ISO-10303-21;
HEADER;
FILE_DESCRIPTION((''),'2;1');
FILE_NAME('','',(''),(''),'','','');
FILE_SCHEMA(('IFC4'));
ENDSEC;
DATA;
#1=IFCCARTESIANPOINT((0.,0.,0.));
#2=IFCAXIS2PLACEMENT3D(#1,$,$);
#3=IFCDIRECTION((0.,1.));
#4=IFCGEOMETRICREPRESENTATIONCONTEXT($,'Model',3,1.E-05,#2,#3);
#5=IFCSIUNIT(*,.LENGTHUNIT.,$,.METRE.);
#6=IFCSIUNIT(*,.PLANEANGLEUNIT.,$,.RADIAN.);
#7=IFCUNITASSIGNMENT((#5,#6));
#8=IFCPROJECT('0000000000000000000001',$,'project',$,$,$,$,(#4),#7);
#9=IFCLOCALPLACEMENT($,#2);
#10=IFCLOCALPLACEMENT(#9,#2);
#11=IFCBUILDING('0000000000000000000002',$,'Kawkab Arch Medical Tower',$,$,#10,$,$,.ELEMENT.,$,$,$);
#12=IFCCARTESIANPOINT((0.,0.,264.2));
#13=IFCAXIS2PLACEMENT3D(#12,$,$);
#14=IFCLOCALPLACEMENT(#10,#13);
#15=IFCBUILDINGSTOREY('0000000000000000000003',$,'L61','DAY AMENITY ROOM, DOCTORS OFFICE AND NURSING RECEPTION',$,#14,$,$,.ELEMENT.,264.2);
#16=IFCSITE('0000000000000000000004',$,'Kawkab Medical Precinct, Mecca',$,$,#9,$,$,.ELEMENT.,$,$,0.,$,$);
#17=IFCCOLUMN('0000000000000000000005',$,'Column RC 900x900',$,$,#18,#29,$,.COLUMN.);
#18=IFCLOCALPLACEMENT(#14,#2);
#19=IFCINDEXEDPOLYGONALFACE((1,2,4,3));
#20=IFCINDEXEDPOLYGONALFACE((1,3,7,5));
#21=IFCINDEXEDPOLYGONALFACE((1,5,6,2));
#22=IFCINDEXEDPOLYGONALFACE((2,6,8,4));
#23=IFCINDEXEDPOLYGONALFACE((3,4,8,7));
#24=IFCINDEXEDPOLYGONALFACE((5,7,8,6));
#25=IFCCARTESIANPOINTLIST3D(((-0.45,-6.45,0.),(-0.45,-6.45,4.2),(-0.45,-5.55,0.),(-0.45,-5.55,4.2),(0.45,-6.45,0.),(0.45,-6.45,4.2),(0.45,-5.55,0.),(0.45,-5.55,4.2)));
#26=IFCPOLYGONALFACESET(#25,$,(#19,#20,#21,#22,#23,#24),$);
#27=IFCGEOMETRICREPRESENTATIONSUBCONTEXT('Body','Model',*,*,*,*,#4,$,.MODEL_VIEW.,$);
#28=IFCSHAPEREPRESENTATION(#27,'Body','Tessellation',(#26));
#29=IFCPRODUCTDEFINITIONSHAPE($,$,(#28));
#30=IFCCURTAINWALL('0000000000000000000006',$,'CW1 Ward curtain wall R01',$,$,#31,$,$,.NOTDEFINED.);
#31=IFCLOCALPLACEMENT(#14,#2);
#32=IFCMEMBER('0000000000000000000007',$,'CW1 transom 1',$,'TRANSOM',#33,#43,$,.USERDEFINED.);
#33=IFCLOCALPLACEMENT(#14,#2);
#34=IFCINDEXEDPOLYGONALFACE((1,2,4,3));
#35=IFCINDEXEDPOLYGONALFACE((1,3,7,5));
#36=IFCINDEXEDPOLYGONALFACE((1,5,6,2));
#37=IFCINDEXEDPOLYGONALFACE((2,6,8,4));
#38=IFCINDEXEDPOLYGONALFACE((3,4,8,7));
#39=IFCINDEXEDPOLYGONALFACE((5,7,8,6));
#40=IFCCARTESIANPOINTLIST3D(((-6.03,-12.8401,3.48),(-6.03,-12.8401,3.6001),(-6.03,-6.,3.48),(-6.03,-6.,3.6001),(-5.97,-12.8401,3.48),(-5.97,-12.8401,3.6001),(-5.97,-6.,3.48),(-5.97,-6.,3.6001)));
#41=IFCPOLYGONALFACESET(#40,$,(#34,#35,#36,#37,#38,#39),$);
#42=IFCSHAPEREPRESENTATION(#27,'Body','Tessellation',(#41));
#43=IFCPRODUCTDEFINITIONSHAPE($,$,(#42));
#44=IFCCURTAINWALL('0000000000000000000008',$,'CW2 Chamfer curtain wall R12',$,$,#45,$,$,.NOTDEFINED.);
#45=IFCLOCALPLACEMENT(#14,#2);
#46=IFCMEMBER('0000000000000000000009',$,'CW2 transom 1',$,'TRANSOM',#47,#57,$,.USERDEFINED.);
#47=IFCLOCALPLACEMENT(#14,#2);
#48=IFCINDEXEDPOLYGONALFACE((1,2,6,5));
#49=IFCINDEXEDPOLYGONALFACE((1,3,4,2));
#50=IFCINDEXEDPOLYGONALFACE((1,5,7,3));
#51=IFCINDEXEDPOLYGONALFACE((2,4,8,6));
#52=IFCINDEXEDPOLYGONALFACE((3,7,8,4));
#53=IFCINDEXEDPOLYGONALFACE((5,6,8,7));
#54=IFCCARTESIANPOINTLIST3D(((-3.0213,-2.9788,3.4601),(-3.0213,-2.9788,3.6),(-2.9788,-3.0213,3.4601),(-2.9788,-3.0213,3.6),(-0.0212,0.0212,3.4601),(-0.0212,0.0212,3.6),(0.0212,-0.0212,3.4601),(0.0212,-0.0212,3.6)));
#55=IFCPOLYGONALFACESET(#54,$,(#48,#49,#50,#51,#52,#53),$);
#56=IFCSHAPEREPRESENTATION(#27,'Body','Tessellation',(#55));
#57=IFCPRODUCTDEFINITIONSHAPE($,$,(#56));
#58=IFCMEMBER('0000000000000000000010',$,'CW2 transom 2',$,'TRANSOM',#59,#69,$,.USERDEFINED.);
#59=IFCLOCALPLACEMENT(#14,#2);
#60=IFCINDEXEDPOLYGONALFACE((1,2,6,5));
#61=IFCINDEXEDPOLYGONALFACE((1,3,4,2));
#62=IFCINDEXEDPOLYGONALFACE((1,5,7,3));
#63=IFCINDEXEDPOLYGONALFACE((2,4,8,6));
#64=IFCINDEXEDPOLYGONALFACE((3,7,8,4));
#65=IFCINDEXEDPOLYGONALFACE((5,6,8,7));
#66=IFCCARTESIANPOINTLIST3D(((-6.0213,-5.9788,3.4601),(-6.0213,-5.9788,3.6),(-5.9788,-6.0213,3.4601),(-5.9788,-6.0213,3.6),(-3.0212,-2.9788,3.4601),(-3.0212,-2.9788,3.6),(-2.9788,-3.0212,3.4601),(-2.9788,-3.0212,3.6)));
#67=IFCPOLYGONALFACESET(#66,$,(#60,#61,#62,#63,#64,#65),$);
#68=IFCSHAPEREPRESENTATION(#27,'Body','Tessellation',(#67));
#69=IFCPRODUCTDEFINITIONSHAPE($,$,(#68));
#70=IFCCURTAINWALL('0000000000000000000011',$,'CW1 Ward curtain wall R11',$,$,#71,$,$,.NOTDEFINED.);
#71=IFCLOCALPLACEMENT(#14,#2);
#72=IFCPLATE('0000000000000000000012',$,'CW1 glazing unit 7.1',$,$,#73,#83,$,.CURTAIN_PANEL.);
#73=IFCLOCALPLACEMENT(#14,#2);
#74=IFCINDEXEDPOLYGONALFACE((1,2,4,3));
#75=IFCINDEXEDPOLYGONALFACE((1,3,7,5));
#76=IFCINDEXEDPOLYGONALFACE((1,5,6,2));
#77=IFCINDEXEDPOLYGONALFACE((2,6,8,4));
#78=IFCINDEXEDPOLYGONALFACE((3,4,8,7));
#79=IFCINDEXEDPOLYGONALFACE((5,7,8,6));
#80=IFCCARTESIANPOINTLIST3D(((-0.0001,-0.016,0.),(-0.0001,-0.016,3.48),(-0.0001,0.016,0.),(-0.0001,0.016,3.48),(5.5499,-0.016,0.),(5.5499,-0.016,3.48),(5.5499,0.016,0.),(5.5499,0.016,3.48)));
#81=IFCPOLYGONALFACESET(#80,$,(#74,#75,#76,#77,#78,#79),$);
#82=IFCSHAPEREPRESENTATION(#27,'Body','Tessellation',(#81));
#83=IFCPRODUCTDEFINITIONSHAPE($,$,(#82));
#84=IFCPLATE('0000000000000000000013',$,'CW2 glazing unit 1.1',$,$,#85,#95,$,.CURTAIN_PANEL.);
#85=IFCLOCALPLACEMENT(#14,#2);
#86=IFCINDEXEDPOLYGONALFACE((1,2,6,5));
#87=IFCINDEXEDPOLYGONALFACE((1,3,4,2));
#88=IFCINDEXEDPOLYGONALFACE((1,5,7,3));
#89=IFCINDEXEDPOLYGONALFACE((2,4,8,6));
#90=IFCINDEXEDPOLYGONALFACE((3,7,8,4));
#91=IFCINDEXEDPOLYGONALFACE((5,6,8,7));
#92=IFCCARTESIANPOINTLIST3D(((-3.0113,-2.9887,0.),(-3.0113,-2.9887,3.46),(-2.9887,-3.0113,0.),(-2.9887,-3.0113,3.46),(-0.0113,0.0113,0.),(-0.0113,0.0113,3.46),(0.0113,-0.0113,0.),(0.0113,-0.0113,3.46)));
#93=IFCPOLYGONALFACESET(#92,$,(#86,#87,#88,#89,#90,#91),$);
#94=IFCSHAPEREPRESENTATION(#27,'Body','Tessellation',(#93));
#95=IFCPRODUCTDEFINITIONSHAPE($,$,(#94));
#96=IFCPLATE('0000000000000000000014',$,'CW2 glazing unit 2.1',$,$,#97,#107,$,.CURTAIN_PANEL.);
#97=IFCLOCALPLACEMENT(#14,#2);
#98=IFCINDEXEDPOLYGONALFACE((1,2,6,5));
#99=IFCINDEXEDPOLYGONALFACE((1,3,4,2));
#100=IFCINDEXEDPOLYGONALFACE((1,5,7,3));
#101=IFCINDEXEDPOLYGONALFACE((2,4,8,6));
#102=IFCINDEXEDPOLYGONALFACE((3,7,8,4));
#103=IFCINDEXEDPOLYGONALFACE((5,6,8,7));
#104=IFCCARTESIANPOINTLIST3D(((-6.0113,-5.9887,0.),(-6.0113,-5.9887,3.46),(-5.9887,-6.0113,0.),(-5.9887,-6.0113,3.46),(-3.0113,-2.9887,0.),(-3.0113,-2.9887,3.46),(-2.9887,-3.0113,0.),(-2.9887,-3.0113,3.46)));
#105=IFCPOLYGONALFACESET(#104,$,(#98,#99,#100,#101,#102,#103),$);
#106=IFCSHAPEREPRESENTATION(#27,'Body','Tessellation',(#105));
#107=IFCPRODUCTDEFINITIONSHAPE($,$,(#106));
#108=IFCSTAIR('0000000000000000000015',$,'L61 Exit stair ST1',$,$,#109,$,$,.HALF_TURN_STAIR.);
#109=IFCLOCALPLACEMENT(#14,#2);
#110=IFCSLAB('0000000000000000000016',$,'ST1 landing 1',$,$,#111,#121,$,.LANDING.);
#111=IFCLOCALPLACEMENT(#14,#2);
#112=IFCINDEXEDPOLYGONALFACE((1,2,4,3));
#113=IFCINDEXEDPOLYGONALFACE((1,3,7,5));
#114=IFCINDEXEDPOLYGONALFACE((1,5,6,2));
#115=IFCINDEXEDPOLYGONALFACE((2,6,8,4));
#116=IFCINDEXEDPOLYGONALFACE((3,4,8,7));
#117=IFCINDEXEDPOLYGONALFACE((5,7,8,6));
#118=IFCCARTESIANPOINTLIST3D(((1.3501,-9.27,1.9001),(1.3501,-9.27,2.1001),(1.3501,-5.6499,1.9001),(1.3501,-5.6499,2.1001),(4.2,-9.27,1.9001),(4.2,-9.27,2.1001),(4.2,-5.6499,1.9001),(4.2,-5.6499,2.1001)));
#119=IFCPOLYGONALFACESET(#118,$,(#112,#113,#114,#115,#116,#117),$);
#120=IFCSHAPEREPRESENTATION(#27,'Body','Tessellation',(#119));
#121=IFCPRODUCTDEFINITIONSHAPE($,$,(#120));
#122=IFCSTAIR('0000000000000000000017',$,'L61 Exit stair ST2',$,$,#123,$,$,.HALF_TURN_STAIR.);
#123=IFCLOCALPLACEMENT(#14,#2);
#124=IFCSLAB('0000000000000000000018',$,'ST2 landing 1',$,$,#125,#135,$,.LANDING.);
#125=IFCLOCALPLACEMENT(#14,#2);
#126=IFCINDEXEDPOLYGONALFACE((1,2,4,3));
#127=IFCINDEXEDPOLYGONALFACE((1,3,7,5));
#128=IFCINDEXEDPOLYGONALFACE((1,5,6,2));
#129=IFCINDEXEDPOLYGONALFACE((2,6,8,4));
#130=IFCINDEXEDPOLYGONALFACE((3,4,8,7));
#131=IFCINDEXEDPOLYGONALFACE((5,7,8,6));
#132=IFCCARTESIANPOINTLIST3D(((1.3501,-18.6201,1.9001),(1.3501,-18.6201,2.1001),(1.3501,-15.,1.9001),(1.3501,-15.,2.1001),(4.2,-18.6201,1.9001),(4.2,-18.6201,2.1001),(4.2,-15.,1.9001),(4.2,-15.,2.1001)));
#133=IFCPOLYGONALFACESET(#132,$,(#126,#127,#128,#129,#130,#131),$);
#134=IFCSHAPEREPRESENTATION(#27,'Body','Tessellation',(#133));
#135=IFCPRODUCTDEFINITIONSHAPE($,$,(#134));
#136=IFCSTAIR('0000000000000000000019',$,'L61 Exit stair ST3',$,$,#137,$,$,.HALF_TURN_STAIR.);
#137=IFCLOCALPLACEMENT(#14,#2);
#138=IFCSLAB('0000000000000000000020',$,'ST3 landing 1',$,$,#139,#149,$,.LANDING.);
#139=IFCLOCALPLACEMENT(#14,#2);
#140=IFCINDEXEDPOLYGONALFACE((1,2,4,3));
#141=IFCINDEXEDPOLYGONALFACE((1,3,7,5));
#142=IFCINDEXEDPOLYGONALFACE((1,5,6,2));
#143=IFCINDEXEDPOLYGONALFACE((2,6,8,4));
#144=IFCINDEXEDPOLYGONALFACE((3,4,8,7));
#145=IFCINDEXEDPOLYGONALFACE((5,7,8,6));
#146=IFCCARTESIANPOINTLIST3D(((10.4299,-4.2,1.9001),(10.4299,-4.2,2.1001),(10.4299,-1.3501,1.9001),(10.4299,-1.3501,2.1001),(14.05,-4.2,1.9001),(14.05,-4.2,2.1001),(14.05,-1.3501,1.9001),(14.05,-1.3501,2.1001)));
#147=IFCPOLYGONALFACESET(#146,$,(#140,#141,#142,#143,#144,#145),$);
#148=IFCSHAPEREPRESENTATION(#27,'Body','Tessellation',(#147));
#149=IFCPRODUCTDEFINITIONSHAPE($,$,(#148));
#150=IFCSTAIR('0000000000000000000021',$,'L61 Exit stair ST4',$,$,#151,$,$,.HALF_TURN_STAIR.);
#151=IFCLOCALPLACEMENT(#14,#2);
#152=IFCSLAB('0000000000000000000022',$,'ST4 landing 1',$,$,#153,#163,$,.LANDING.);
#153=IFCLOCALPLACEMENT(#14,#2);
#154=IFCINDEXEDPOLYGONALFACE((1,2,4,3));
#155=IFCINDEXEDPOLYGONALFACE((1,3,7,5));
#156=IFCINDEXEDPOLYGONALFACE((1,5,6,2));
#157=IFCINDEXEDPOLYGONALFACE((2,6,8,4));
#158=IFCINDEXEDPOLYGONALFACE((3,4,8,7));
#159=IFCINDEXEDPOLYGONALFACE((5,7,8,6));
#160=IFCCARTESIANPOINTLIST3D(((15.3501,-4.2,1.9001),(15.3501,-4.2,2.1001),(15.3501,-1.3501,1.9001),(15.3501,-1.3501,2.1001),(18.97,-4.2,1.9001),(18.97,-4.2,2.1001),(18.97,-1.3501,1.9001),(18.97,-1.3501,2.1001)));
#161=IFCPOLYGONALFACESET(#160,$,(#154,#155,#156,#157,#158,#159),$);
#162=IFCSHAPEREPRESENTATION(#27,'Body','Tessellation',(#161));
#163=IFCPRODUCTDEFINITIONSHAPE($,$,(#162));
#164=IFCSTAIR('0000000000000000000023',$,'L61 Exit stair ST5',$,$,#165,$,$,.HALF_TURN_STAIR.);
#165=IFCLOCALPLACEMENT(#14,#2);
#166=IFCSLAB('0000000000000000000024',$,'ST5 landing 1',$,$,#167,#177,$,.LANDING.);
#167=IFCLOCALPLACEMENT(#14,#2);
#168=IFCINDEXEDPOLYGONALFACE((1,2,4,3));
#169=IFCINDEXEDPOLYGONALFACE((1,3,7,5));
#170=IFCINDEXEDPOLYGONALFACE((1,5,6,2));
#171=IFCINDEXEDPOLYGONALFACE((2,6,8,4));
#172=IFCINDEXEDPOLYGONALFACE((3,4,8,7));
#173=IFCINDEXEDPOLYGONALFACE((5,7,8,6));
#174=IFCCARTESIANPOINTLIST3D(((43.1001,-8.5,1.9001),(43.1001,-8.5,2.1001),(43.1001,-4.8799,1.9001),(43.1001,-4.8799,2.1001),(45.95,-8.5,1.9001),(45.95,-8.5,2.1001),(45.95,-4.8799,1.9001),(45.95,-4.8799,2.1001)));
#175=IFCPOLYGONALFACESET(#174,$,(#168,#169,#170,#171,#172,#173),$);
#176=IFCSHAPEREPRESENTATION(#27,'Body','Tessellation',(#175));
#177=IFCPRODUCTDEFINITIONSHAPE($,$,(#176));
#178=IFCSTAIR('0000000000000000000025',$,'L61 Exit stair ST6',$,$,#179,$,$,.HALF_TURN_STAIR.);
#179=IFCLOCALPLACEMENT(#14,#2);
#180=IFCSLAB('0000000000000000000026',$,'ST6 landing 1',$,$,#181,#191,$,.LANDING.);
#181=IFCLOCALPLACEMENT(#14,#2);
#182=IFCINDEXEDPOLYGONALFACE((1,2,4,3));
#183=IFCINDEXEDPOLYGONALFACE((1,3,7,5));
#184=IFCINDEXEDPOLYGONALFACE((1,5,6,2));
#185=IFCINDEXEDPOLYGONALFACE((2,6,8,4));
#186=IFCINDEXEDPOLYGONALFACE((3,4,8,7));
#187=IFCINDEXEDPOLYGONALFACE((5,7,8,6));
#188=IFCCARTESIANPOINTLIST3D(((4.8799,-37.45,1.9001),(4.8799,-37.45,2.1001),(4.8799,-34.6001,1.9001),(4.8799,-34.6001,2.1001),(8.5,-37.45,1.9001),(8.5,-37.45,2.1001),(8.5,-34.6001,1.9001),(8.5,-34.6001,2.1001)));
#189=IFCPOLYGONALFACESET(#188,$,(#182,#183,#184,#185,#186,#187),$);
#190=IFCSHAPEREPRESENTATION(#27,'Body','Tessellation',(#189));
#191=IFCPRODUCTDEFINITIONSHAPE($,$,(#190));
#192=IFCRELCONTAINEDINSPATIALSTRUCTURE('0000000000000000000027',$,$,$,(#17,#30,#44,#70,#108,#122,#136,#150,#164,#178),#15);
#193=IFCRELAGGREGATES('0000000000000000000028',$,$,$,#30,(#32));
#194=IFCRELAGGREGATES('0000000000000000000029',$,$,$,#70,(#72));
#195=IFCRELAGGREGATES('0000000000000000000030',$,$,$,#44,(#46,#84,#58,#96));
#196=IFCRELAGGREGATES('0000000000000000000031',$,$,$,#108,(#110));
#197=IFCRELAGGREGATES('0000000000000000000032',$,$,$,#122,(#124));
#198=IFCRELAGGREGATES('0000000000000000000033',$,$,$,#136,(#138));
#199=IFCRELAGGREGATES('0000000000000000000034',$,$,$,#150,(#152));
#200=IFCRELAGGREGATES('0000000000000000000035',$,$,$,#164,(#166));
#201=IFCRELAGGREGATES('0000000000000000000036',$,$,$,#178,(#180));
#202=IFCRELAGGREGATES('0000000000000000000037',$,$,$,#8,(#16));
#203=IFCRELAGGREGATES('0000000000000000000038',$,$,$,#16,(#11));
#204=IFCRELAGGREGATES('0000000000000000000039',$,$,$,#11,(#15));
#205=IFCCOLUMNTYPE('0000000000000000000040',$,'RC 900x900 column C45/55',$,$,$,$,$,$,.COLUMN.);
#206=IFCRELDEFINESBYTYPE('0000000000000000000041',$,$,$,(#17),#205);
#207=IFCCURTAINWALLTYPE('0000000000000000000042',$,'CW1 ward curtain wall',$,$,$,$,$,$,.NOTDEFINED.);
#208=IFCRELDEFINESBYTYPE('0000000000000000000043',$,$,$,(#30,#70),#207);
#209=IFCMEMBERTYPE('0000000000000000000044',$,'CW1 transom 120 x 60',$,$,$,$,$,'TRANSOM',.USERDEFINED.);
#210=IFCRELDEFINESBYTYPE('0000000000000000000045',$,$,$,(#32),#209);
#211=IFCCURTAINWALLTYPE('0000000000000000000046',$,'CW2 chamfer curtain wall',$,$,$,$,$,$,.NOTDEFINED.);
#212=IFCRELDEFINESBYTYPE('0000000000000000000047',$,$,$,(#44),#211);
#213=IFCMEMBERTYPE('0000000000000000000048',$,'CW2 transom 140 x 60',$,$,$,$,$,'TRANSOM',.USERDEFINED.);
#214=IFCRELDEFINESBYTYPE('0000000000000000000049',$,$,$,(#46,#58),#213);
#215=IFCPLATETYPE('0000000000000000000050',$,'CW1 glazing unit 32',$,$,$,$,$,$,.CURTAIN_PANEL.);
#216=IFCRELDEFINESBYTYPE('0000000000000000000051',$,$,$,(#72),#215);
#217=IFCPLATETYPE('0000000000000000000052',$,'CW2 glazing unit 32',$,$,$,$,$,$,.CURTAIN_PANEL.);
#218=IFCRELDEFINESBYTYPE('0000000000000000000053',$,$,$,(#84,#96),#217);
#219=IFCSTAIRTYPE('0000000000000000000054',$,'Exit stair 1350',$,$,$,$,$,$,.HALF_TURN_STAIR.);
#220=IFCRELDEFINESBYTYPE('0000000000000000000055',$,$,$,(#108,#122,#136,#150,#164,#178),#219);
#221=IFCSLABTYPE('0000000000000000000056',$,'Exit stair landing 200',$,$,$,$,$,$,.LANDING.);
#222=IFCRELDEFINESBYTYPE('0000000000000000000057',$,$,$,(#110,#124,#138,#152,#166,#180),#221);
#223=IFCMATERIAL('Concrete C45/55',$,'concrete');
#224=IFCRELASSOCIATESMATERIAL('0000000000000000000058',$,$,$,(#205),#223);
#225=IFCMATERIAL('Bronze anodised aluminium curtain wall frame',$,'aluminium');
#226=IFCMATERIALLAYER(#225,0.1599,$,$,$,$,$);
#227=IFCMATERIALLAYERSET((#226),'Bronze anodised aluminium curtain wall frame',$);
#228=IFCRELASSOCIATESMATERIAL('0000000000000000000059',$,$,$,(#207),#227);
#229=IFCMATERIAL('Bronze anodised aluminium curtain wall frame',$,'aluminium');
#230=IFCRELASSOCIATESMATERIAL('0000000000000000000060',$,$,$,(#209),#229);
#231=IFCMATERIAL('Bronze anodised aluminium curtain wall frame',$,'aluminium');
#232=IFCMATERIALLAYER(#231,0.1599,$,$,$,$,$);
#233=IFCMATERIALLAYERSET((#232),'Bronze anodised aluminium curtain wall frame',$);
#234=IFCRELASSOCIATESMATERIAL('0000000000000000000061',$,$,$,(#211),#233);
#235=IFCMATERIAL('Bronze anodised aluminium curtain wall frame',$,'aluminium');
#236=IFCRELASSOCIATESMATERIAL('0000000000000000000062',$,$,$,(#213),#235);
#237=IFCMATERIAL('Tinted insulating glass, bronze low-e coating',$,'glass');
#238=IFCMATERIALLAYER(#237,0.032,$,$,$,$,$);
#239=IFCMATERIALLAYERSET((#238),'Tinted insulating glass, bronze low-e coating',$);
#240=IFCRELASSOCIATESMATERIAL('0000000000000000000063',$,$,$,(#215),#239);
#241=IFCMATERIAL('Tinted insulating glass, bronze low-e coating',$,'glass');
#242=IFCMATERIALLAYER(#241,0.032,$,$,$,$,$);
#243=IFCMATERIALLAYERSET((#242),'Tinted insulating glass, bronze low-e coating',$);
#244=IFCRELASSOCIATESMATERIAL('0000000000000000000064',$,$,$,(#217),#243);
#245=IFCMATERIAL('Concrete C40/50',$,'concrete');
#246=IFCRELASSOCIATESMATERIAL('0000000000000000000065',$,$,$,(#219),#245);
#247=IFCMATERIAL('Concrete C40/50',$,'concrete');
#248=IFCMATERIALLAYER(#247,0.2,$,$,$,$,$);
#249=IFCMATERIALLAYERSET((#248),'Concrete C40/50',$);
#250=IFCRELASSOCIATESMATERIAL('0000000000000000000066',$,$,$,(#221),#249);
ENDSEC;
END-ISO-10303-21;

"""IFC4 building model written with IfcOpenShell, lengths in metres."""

from ifc_helpers import new_model, si_unit, direction, frame, origin, origin_2d, place, context, subcontext, project, spatial, polyline, rectangle, outline, extrude, material, layer, layer_set, material_profile, profile_set, type_object, element, aggregate, save


model = new_model("IFC4")

# Units and contexts
model_context = context("Model", 3, precision=1e-05, world=origin(), true_north=direction((0.0, 1.0)))
body_context = subcontext(model_context, "Body", "Model", "MODEL_VIEW")
ifc_project = project(units=[si_unit("LENGTHUNIT", "METRE"), si_unit("PLANEANGLEUNIT", "RADIAN")], contexts=[model_context])

# Site, building, storey
site_placement = place(None, origin())
site = spatial("IfcSite", under=ifc_project, at=site_placement, Name="Kawkab Medical Precinct, Mecca", CompositionType="ELEMENT", RefElevation=0.0)
building_placement = place(site_placement, origin())
building = spatial("IfcBuilding", under=site, at=building_placement, Name="Kawkab Arch Medical Tower", CompositionType="ELEMENT")
storey_placement = place(building_placement, frame((0.0, 0.0, 264.2)))
storey = spatial("IfcBuildingStorey", under=building, at=storey_placement, Name="L61", Description="DAY AMENITY ROOM, DOCTORS OFFICE AND NURSING RECEPTION", CompositionType="ELEMENT", Elevation=264.2)

# Column
ifc_material_1 = material(Name="Concrete C45/55", Category="concrete")
ifc_material_profile_1 = material_profile(ifc_material_1, rectangle(XDim=0.8999, YDim=0.8999, at=origin_2d()), Name="RC 900x900")
ifc_profile_set_1 = profile_set([ifc_material_profile_1], Name="Concrete C45/55")
column_type = type_object("IfcColumnType", Name="RC 900x900 column C45/55", PredefinedType="COLUMN", material=ifc_profile_set_1)
column_placement = place(storey_placement, frame((0.0, -6.0, 0.0), z_axis=(0.0, 0.0, 1.0), x_axis=(1.0, 0.0, 0.0)))
element("IfcColumn", 1, at=column_placement, inside=storey, type_object=column_type, Name="Column RC 900x900", PredefinedType="COLUMN", context=body_context, shape_type="SweptSolid", body=[
    extrude(rectangle(XDim=0.8999, YDim=0.8999, at=origin_2d()), origin(), (0.0, 0.0, 1.0), 4.2),
])

# Curtain wall, member
ifc_material_2 = material(Name="Bronze anodised aluminium curtain wall frame", Category="aluminium")
ifc_layer_1 = layer(ifc_material_2, 0.1599)
ifc_layer_set_1 = layer_set([ifc_layer_1], Name="Bronze anodised aluminium curtain wall frame")
curtain_wall_type_1 = type_object("IfcCurtainWallType", Name="CW1 ward curtain wall", PredefinedType="NOTDEFINED", material=ifc_layer_set_1)
placement_1 = place(storey_placement, origin())
curtain_wall_1 = element("IfcCurtainWall", 2, at=placement_1, inside=storey, type_object=curtain_wall_type_1, Name="CW1 Ward curtain wall R01", PredefinedType="NOTDEFINED")
ifc_material_3 = material(Name="Bronze anodised aluminium curtain wall frame", Category="aluminium")
ifc_material_profile_2 = material_profile(ifc_material_3, rectangle(XDim=0.0601, YDim=0.1201, at=origin_2d()), Name="AL 60x120")
ifc_profile_set_2 = profile_set([ifc_material_profile_2], Name="Bronze anodised aluminium curtain wall frame")
member_type_1 = type_object("IfcMemberType", Name="CW1 transom 120 x 60", ElementType="TRANSOM", PredefinedType="USERDEFINED", material=ifc_profile_set_2)
member_1_placement = place(storey_placement, frame((-6.0, -6.0, 3.54), z_axis=(0.0, -1.0, 0.0), x_axis=(1.0, 0.0, 0.0)))
member_1 = element("IfcMember", 3, at=member_1_placement, type_object=member_type_1, Name="CW1 transom 1", ObjectType="TRANSOM", PredefinedType="USERDEFINED", context=body_context, shape_type="SweptSolid", body=[
    extrude(rectangle(XDim=0.0601, YDim=0.1201, at=origin_2d()), origin(), (0.0, 0.0, 1.0), 6.8401),
])
aggregate(curtain_wall_1, [member_1])

# Curtain wall, members
ifc_material_4 = material(Name="Bronze anodised aluminium curtain wall frame", Category="aluminium")
ifc_layer_2 = layer(ifc_material_4, 0.1599)
ifc_layer_set_2 = layer_set([ifc_layer_2], Name="Bronze anodised aluminium curtain wall frame")
curtain_wall_type_2 = type_object("IfcCurtainWallType", Name="CW2 chamfer curtain wall", PredefinedType="NOTDEFINED", material=ifc_layer_set_2)
curtain_wall_2 = element("IfcCurtainWall", 4, at=placement_1, inside=storey, type_object=curtain_wall_type_2, Name="CW2 Chamfer curtain wall R12", PredefinedType="NOTDEFINED")
ifc_material_5 = material(Name="Bronze anodised aluminium curtain wall frame", Category="aluminium")
ifc_material_profile_3 = material_profile(ifc_material_5, rectangle(XDim=0.0601, YDim=0.1399, at=origin_2d()), Name="AL 60x140")
ifc_profile_set_3 = profile_set([ifc_material_profile_3], Name="Bronze anodised aluminium curtain wall frame")
member_type_2 = type_object("IfcMemberType", Name="CW2 transom 140 x 60", ElementType="TRANSOM", PredefinedType="USERDEFINED", material=ifc_profile_set_3)
member_2_placement = place(storey_placement, frame((0.0, 0.0, 3.53), z_axis=(-0.707107, -0.707107, 0.0), x_axis=(0.707107, -0.707107, 0.0)))
member_2 = element("IfcMember", 5, at=member_2_placement, type_object=member_type_2, Name="CW2 transom 1", ObjectType="TRANSOM", PredefinedType="USERDEFINED", context=body_context, shape_type="SweptSolid", body=[
    extrude(rectangle(XDim=0.0601, YDim=0.1399, at=origin_2d()), origin(), (0.0, 0.0, 1.0), 4.2427),
])
member_3_placement = place(storey_placement, frame((-3.0, -3.0, 3.53), z_axis=(-0.707107, -0.707107, 0.0), x_axis=(0.707107, -0.707107, 0.0)))
member_3 = element("IfcMember", 6, at=member_3_placement, type_object=member_type_2, Name="CW2 transom 2", ObjectType="TRANSOM", PredefinedType="USERDEFINED", context=body_context, shape_type="SweptSolid", body=[
    extrude(rectangle(XDim=0.0601, YDim=0.1399, at=origin_2d()), origin(), (0.0, 0.0, 1.0), 4.2427),
])

# Curtain wall, plate
curtain_wall_3 = element("IfcCurtainWall", 7, at=placement_1, inside=storey, type_object=curtain_wall_type_1, Name="CW1 Ward curtain wall R11", PredefinedType="NOTDEFINED")
ifc_material_6 = material(Name="Tinted insulating glass, bronze low-e coating", Category="glass")
ifc_layer_3 = layer(ifc_material_6, 0.032)
ifc_layer_set_3 = layer_set([ifc_layer_3], Name="Tinted insulating glass, bronze low-e coating")
plate_type_1 = type_object("IfcPlateType", Name="CW1 glazing unit 32", PredefinedType="CURTAIN_PANEL", material=ifc_layer_set_3)
plate_1_placement = place(storey_placement, frame((2.7749, 0.0, 0.0), z_axis=(0.0, 0.0, 1.0), x_axis=(-1.0, 0.0, 0.0)))
plate_1 = element("IfcPlate", 8, at=plate_1_placement, type_object=plate_type_1, Name="CW1 glazing unit 7.1", PredefinedType="CURTAIN_PANEL", context=body_context, shape_type="SweptSolid", body=[
    extrude(rectangle(XDim=5.55, YDim=0.032, at=origin_2d()), origin(), (0.0, 0.0, 1.0), 3.48),
])
aggregate(curtain_wall_3, [plate_1])

# Plates
ifc_material_7 = material(Name="Tinted insulating glass, bronze low-e coating", Category="glass")
ifc_layer_4 = layer(ifc_material_7, 0.032)
ifc_layer_set_4 = layer_set([ifc_layer_4], Name="Tinted insulating glass, bronze low-e coating")
plate_type_2 = type_object("IfcPlateType", Name="CW2 glazing unit 32", PredefinedType="CURTAIN_PANEL", material=ifc_layer_set_4)
plate_2_placement = place(storey_placement, frame((-1.5, -1.5, 0.0), z_axis=(0.0, 0.0, 1.0), x_axis=(-0.707107, -0.707107, 0.0)))
plate_2 = element("IfcPlate", 9, at=plate_2_placement, type_object=plate_type_2, Name="CW2 glazing unit 1.1", PredefinedType="CURTAIN_PANEL", context=body_context, shape_type="SweptSolid", body=[
    extrude(rectangle(XDim=4.2427, YDim=0.032, at=origin_2d()), origin(), (0.0, 0.0, 1.0), 3.46),
])
plate_3_placement = place(storey_placement, frame((-4.5, -4.5, 0.0), z_axis=(0.0, 0.0, 1.0), x_axis=(-0.707107, -0.707107, 0.0)))
plate_3 = element("IfcPlate", 10, at=plate_3_placement, type_object=plate_type_2, Name="CW2 glazing unit 2.1", PredefinedType="CURTAIN_PANEL", context=body_context, shape_type="SweptSolid", body=[
    extrude(rectangle(XDim=4.2427, YDim=0.032, at=origin_2d()), origin(), (0.0, 0.0, 1.0), 3.46),
])
aggregate(curtain_wall_2, [member_2, plate_2, member_3, plate_3])

# Stairs, slabs
ifc_material_8 = material(Name="Concrete C40/50", Category="concrete")
stair_type = type_object("IfcStairType", Name="Exit stair 1350", PredefinedType="HALF_TURN_STAIR", material=ifc_material_8)
stair_1 = element("IfcStair", 11, at=placement_1, inside=storey, type_object=stair_type, Name="L61 Exit stair ST1", PredefinedType="HALF_TURN_STAIR")
ifc_material_9 = material(Name="Concrete C40/50", Category="concrete")
ifc_layer_5 = layer(ifc_material_9, 0.2)
ifc_layer_set_5 = layer_set([ifc_layer_5], Name="Concrete C40/50")
slab_type_1 = type_object("IfcSlabType", Name="Exit stair landing 200", PredefinedType="LANDING", material=ifc_layer_set_5)
placement_2 = place(storey_placement, frame((0.0, 0.0, 1.9001)))
slab_1 = element("IfcSlab", 12, at=placement_2, type_object=slab_type_1, Name="ST1 landing 1", PredefinedType="LANDING", context=body_context, shape_type="SweptSolid", body=[
    extrude(outline(polyline([(4.2, -9.27), (4.2, -5.6499), (1.3501, -5.6499), (1.3501, -9.27), (4.2, -9.27)])), origin(), (0.0, 0.0, 1.0), 0.2),
])
aggregate(stair_1, [slab_1])
stair_2 = element("IfcStair", 13, at=placement_1, inside=storey, type_object=stair_type, Name="L61 Exit stair ST2", PredefinedType="HALF_TURN_STAIR")
slab_2 = element("IfcSlab", 14, at=placement_2, type_object=slab_type_1, Name="ST2 landing 1", PredefinedType="LANDING", context=body_context, shape_type="SweptSolid", body=[
    extrude(outline(polyline([(4.2, -18.6201), (4.2, -15.0), (1.3501, -15.0), (1.3501, -18.6201), (4.2, -18.6201)])), origin(), (0.0, 0.0, 1.0), 0.2),
])
aggregate(stair_2, [slab_2])
stair_3 = element("IfcStair", 15, at=placement_1, inside=storey, type_object=stair_type, Name="L61 Exit stair ST3", PredefinedType="HALF_TURN_STAIR")
slab_3 = element("IfcSlab", 16, at=placement_2, type_object=slab_type_1, Name="ST3 landing 1", PredefinedType="LANDING", context=body_context, shape_type="SweptSolid", body=[
    extrude(outline(polyline([(10.4299, -4.2), (14.05, -4.2), (14.05, -1.3501), (10.4299, -1.3501), (10.4299, -4.2)])), origin(), (0.0, 0.0, 1.0), 0.2),
])
aggregate(stair_3, [slab_3])
stair_4 = element("IfcStair", 17, at=placement_1, inside=storey, type_object=stair_type, Name="L61 Exit stair ST4", PredefinedType="HALF_TURN_STAIR")
slab_4 = element("IfcSlab", 18, at=placement_2, type_object=slab_type_1, Name="ST4 landing 1", PredefinedType="LANDING", context=body_context, shape_type="SweptSolid", body=[
    extrude(outline(polyline([(18.97, -1.3501), (15.3501, -1.3501), (15.3501, -4.2), (18.97, -4.2), (18.97, -1.3501)])), origin(), (0.0, 0.0, 1.0), 0.2),
])
aggregate(stair_4, [slab_4])
stair_5 = element("IfcStair", 19, at=placement_1, inside=storey, type_object=stair_type, Name="L61 Exit stair ST5", PredefinedType="HALF_TURN_STAIR")
slab_5 = element("IfcSlab", 20, at=placement_2, type_object=slab_type_1, Name="ST5 landing 1", PredefinedType="LANDING", context=body_context, shape_type="SweptSolid", body=[
    extrude(outline(polyline([(43.1001, -4.8799), (43.1001, -8.5), (45.95, -8.5), (45.95, -4.8799), (43.1001, -4.8799)])), origin(), (0.0, 0.0, 1.0), 0.2),
])
aggregate(stair_5, [slab_5])
stair_6 = element("IfcStair", 21, at=placement_1, inside=storey, type_object=stair_type, Name="L61 Exit stair ST6", PredefinedType="HALF_TURN_STAIR")
slab_6 = element("IfcSlab", 22, at=placement_2, type_object=slab_type_1, Name="ST6 landing 1", PredefinedType="LANDING", context=body_context, shape_type="SweptSolid", body=[
    extrude(outline(polyline([(4.8799, -37.45), (8.5, -37.45), (8.5, -34.6001), (4.8799, -34.6001), (4.8799, -37.45)])), origin(), (0.0, 0.0, 1.0), 0.2),
])
aggregate(stair_6, [slab_6])

save(model, "model.ifc")
